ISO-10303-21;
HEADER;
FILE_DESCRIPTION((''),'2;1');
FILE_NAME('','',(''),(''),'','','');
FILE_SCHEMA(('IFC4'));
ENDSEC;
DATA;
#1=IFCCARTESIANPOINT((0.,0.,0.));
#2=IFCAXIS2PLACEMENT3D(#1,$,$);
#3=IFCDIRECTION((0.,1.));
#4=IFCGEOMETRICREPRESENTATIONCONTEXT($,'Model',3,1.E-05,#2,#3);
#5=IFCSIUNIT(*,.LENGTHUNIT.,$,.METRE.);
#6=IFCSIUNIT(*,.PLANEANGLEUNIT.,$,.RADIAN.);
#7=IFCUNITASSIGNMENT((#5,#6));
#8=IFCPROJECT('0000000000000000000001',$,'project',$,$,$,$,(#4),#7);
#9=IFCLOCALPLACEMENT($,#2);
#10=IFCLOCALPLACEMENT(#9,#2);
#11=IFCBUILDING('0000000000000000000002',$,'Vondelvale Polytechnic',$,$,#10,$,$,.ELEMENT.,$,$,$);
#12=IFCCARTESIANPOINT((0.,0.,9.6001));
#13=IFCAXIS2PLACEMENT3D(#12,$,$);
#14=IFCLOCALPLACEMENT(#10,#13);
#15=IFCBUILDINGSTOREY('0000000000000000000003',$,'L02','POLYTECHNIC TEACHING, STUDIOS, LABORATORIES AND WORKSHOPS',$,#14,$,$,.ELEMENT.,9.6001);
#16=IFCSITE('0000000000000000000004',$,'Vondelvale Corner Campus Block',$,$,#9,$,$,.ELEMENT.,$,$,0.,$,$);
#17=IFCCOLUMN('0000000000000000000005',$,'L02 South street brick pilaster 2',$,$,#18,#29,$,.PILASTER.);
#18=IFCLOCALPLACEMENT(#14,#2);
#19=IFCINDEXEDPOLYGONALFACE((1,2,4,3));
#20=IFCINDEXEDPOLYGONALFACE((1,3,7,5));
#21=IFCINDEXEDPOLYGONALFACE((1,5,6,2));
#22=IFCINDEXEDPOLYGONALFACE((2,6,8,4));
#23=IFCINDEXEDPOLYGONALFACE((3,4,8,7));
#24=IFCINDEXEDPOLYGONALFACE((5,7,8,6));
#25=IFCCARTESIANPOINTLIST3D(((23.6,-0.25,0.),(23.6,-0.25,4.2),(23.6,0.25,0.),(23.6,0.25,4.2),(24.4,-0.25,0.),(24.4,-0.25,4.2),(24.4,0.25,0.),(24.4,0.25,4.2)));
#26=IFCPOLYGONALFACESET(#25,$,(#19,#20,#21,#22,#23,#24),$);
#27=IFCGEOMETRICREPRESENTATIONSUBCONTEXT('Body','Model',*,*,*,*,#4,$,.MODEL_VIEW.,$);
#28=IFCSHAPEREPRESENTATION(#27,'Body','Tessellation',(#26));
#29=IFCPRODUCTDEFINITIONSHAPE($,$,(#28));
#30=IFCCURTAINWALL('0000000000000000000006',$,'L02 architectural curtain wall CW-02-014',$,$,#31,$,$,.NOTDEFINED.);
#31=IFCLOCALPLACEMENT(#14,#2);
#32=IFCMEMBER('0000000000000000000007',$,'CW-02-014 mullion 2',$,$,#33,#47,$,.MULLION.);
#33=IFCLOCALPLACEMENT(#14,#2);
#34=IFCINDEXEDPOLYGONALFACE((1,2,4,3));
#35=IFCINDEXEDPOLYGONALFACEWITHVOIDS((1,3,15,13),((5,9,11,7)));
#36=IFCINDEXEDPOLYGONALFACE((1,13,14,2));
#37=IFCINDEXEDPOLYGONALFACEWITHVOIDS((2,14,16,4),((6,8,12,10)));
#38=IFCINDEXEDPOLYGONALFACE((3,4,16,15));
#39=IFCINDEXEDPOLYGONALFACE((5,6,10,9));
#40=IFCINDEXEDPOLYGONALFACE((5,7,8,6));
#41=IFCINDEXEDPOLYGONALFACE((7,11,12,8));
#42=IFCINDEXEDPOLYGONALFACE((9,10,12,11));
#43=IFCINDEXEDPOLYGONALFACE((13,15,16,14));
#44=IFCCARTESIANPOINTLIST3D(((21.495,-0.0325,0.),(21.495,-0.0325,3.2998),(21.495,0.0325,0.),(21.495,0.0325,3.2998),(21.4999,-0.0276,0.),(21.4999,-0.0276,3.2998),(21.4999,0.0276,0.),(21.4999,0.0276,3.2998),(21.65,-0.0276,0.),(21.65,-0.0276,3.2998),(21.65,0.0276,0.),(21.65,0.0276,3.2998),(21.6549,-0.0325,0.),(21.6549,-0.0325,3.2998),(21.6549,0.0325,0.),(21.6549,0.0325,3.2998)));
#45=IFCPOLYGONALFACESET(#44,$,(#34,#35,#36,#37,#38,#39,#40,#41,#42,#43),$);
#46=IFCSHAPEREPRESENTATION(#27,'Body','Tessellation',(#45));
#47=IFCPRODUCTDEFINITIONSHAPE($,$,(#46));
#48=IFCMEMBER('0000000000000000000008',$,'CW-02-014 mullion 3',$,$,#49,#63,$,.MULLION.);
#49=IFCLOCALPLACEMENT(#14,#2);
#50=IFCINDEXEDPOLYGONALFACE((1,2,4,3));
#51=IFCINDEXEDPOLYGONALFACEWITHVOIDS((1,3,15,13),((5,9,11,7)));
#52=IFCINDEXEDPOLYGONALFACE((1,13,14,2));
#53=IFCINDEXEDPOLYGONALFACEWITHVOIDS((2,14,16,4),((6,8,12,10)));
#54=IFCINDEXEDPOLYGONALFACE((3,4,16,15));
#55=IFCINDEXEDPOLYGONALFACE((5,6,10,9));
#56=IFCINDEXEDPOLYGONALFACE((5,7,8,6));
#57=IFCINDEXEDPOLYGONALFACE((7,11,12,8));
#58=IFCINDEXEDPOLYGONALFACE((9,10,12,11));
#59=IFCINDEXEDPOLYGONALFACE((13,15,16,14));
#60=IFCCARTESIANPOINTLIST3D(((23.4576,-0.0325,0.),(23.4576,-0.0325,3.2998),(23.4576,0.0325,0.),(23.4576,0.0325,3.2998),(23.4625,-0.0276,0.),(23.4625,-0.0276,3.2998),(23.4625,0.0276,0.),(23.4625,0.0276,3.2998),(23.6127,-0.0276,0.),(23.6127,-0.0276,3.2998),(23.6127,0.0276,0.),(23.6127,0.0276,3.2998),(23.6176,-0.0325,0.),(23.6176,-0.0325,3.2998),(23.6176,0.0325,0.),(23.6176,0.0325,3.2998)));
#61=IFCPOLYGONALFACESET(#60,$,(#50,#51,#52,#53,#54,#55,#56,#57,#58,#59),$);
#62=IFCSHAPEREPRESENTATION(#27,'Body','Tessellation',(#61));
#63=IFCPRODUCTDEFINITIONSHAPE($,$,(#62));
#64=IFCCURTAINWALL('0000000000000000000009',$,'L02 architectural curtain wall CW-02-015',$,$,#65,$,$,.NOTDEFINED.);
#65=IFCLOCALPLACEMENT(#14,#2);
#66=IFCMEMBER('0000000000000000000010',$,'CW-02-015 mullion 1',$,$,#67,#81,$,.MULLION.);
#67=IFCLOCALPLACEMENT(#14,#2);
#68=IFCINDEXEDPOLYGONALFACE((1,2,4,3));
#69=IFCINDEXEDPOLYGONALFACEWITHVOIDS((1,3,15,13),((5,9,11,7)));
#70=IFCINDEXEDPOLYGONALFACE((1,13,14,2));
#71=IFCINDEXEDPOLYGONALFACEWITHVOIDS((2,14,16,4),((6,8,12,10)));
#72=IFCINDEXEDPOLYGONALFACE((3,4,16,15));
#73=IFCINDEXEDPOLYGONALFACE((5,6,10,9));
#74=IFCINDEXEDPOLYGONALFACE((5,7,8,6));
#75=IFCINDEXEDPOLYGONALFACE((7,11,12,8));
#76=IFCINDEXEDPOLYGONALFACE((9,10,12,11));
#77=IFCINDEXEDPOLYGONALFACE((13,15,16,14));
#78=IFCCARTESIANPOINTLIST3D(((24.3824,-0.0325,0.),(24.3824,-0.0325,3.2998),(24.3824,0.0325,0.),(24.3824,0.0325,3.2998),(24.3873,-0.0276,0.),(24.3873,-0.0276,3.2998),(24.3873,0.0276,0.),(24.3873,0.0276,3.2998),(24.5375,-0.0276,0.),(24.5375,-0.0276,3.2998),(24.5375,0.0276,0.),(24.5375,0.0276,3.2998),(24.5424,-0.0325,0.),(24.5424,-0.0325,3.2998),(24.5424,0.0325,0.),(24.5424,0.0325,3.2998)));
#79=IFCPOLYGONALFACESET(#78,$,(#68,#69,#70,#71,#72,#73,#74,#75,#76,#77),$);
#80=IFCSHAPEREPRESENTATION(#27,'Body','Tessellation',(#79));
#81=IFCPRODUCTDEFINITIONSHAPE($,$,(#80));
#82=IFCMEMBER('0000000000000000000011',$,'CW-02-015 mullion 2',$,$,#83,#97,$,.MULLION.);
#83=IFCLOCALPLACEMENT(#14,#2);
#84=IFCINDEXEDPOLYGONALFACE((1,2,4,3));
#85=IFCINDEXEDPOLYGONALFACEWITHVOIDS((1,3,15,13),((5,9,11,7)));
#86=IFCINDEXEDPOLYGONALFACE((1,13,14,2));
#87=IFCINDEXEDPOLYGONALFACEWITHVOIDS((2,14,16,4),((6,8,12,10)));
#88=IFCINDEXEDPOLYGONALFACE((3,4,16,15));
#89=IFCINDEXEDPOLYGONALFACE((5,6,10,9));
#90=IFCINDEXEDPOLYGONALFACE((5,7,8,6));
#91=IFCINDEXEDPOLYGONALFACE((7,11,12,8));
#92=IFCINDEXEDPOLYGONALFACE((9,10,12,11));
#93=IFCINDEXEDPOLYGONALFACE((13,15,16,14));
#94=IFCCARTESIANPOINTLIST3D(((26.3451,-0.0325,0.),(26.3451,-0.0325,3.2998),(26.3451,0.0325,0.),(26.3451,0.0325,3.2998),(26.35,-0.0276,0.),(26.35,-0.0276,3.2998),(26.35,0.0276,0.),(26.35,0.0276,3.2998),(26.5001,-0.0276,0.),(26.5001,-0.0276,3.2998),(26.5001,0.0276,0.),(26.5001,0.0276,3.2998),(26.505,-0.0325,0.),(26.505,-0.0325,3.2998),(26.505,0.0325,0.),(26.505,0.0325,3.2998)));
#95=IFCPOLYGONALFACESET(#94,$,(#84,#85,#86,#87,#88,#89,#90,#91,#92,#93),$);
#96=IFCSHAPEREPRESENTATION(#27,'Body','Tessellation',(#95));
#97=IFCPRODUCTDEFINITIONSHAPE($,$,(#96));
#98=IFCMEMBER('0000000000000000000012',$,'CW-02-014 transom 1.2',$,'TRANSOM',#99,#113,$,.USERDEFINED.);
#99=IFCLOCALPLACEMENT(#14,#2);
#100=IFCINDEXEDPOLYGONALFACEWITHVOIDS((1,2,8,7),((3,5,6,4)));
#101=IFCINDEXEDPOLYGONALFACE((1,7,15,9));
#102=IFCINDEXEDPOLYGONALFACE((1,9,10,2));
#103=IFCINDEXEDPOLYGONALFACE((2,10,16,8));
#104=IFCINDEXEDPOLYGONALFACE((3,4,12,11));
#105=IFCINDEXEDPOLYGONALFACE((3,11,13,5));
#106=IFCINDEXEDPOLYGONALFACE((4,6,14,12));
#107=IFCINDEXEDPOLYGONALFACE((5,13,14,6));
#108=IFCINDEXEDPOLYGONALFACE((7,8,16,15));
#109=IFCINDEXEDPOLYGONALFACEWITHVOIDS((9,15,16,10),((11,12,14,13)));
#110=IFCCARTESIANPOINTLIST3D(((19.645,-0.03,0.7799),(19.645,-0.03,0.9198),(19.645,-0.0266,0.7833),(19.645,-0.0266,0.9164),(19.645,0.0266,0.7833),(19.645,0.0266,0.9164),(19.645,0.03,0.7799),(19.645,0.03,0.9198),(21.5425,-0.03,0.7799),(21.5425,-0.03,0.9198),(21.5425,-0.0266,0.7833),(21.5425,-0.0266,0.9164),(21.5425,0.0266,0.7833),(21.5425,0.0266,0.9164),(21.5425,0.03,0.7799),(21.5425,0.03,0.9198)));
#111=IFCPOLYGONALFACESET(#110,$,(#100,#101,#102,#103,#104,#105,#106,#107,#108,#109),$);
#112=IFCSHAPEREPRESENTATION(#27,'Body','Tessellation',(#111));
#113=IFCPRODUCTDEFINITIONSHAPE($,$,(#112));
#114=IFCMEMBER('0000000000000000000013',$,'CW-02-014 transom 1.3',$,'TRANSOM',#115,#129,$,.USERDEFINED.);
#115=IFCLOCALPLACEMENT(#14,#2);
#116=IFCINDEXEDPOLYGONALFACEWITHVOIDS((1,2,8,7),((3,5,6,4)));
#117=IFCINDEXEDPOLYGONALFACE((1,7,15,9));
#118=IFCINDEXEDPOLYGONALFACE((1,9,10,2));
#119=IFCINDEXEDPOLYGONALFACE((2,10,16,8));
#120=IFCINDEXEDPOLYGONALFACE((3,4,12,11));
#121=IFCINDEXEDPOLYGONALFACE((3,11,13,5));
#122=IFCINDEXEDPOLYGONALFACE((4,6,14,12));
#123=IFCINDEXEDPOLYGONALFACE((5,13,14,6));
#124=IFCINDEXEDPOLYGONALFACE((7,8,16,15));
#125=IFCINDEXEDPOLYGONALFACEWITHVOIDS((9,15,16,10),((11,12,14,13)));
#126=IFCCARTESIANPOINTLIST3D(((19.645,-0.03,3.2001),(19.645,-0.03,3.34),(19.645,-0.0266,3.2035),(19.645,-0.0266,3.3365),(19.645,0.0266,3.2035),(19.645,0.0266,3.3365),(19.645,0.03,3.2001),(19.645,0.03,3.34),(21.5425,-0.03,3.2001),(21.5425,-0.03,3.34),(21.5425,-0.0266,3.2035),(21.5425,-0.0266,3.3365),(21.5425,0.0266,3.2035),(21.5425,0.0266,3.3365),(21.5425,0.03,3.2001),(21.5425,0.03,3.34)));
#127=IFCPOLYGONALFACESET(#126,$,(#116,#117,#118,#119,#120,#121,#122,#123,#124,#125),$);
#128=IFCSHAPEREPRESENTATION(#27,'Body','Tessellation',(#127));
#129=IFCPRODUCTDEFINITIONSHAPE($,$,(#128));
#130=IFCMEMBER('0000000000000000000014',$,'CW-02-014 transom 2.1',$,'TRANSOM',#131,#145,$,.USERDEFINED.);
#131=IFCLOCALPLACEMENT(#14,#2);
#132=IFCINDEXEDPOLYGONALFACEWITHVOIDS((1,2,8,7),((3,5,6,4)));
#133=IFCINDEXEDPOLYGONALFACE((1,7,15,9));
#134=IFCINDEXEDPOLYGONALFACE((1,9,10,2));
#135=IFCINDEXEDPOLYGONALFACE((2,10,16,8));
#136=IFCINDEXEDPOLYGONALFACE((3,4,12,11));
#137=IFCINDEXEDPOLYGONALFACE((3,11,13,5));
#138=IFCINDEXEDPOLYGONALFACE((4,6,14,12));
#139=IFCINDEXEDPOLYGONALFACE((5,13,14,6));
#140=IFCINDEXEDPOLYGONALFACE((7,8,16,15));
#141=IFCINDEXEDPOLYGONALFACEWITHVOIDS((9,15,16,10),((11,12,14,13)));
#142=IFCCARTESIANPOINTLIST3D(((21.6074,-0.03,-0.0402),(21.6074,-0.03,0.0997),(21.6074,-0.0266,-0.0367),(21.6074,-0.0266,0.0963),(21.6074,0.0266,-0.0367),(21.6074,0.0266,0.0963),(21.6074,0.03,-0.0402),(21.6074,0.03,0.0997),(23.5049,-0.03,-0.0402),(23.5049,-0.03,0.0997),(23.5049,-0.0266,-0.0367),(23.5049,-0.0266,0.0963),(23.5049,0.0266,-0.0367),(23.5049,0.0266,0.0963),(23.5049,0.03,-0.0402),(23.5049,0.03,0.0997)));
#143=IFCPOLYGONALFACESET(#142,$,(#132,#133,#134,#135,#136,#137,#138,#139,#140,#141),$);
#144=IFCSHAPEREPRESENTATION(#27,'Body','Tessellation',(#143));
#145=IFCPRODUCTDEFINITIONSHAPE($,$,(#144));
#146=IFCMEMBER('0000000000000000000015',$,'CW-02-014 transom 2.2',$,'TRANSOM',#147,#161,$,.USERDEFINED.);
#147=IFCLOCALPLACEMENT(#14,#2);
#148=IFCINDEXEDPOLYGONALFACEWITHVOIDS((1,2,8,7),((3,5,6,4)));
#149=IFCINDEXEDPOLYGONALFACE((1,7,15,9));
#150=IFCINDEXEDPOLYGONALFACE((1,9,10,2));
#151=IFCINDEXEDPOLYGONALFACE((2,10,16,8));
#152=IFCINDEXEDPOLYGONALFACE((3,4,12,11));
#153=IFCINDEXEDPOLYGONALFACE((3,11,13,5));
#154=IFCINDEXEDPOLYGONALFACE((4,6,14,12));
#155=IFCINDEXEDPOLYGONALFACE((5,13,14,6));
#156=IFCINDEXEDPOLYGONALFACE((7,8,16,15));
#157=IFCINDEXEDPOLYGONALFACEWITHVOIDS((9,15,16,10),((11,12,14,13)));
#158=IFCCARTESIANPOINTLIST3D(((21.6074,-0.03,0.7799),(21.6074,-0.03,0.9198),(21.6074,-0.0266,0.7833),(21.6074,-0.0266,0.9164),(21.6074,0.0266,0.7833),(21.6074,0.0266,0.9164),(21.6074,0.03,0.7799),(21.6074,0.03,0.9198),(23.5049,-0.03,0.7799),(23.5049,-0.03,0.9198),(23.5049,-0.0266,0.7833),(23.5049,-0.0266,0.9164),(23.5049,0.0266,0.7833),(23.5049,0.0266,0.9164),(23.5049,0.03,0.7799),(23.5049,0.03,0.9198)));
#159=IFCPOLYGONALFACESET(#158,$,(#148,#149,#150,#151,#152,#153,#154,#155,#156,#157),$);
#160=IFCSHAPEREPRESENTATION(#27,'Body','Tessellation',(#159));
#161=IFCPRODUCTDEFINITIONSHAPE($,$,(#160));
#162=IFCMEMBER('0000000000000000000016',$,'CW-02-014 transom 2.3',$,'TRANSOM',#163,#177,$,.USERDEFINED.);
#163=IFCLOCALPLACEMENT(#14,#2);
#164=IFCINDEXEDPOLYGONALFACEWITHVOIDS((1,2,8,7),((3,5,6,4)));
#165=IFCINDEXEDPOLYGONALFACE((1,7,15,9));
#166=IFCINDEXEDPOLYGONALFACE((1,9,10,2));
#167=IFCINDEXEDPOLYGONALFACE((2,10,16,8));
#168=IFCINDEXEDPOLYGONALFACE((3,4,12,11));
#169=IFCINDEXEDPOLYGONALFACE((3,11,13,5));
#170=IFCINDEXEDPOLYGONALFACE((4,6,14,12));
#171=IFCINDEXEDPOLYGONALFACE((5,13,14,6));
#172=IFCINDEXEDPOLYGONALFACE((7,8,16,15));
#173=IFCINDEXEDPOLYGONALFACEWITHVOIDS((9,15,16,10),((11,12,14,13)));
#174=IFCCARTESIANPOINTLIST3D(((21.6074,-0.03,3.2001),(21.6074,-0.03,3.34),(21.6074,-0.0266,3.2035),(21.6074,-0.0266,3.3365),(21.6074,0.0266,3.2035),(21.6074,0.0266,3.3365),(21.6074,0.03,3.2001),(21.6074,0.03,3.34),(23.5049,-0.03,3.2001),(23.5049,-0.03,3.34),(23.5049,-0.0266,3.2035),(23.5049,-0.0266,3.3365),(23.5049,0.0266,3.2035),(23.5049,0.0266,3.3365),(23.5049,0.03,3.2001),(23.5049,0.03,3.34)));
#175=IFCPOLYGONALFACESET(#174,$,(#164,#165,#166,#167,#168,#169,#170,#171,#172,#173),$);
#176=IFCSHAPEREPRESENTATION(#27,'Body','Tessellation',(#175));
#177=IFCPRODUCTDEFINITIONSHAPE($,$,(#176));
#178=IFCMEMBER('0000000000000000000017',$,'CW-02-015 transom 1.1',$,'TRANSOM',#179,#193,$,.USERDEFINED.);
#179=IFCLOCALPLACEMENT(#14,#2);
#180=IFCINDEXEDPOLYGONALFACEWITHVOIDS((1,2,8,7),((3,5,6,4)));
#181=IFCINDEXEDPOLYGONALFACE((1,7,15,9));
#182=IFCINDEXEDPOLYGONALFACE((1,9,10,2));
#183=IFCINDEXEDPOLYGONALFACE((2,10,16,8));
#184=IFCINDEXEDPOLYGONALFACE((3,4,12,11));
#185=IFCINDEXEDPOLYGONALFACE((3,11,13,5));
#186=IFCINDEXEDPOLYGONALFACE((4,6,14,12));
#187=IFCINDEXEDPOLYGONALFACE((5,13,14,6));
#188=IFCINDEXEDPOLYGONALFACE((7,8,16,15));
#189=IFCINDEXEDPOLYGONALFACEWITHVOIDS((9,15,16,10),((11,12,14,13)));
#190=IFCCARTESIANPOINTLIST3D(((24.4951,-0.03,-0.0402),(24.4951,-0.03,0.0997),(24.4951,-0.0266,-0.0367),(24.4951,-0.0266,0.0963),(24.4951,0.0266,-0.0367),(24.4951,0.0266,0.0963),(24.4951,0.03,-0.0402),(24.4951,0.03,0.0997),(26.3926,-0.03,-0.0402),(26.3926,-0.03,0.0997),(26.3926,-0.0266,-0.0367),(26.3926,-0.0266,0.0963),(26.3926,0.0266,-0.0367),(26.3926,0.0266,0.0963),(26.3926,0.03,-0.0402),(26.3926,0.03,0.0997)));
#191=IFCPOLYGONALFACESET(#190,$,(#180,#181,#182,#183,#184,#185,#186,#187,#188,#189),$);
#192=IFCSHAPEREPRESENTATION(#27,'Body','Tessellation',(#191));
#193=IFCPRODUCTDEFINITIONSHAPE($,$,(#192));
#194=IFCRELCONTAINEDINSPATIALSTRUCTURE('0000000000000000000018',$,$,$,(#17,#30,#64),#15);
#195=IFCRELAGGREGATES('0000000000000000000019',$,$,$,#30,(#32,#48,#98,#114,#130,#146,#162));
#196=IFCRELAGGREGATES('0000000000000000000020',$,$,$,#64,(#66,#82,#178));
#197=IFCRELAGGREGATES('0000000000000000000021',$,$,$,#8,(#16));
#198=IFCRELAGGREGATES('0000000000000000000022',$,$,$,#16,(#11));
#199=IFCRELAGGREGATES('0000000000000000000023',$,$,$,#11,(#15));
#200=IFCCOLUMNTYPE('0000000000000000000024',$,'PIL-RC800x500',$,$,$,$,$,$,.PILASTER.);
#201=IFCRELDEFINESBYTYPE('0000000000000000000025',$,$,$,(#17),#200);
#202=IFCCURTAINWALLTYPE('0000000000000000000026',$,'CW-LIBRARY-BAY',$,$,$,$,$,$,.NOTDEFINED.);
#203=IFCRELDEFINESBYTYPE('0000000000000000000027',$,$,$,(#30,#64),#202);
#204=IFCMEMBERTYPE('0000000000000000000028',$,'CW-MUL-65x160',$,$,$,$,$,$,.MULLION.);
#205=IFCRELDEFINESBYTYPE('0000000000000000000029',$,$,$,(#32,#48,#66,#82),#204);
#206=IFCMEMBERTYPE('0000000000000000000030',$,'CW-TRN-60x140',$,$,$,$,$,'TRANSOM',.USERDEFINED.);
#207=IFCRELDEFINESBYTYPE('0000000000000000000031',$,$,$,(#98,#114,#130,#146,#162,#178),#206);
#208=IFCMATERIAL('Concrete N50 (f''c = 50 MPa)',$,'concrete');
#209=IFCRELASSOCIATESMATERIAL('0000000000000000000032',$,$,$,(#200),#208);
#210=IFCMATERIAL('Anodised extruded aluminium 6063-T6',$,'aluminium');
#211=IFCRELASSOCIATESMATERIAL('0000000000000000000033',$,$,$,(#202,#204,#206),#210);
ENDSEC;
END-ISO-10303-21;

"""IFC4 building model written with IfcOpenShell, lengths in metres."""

from ifc_helpers import new_model, si_unit, direction, frame, origin, origin_2d, place, context, subcontext, project, spatial, rectangle, hollow_rectangle, extrude, material, material_profile, profile_set, type_object, element, aggregate, save


model = new_model("IFC4")

# Units and contexts
model_context = context("Model", 3, precision=1e-05, world=origin(), true_north=direction((0.0, 1.0)))
body_context = subcontext(model_context, "Body", "Model", "MODEL_VIEW")
ifc_project = project(units=[si_unit("LENGTHUNIT", "METRE"), si_unit("PLANEANGLEUNIT", "RADIAN")], contexts=[model_context])

# Site, building, storey
site_placement = place(None, origin())
site = spatial("IfcSite", under=ifc_project, at=site_placement, Name="Vondelvale Corner Campus Block", CompositionType="ELEMENT", RefElevation=0.0)
building_placement = place(site_placement, origin())
building = spatial("IfcBuilding", under=site, at=building_placement, Name="Vondelvale Polytechnic", CompositionType="ELEMENT")
storey_placement = place(building_placement, frame((0.0, 0.0, 9.6001)))
storey = spatial("IfcBuildingStorey", under=building, at=storey_placement, Name="L02", Description="POLYTECHNIC TEACHING, STUDIOS, LABORATORIES AND WORKSHOPS", CompositionType="ELEMENT", Elevation=9.6001)

# Column
ifc_material_1 = material(Name="Concrete N50 (f'c = 50 MPa)", Category="concrete")
ifc_material_profile_1 = material_profile(ifc_material_1, rectangle(XDim=0.5, YDim=0.8, at=origin_2d()), Name="RC-PIL-800x500")
ifc_profile_set_1 = profile_set([ifc_material_profile_1], Name="Concrete N50 (f'c = 50 MPa)")
column_type = type_object("IfcColumnType", Name="PIL-RC800x500", PredefinedType="PILASTER", material=ifc_profile_set_1)
column_placement = place(storey_placement, frame((24.0, 0.0, 0.0), z_axis=(0.0, 0.0, 1.0), x_axis=(0.0, 1.0, 0.0)))
element("IfcColumn", 1, at=column_placement, inside=storey, type_object=column_type, Name="L02 South street brick pilaster 2", PredefinedType="PILASTER", context=body_context, shape_type="SweptSolid", body=[
    extrude(rectangle(XDim=0.5, YDim=0.8, at=origin_2d()), origin(), (0.0, 0.0, 1.0), 4.2),
])

# Curtain walls, members
ifc_material_2 = material(Name="Anodised extruded aluminium 6063-T6", Category="aluminium")
curtain_wall_type = type_object("IfcCurtainWallType", Name="CW-LIBRARY-BAY", PredefinedType="NOTDEFINED", material=ifc_material_2)
curtain_wall_1_placement = place(storey_placement, origin())
curtain_wall_1 = element("IfcCurtainWall", 2, at=curtain_wall_1_placement, inside=storey, type_object=curtain_wall_type, Name="L02 architectural curtain wall CW-02-014", PredefinedType="NOTDEFINED")
ifc_material_profile_2 = material_profile(ifc_material_2, hollow_rectangle(XDim=0.0649, YDim=0.1599, WallThickness=0.0049, at=origin_2d()), Name="CW-MUL-160x65")
ifc_profile_set_2 = profile_set([ifc_material_profile_2], Name="Anodised extruded aluminium 6063-T6")
member_type_1 = type_object("IfcMemberType", Name="CW-MUL-65x160", PredefinedType="MULLION", material=ifc_profile_set_2)
member_1_placement = place(storey_placement, frame((21.575, 0.0, 0.0), z_axis=(0.0, 0.0, 1.0), x_axis=(0.0, 1.0, 0.0)))
member_1 = element("IfcMember", 3, at=member_1_placement, type_object=member_type_1, Name="CW-02-014 mullion 2", PredefinedType="MULLION", context=body_context, shape_type="SweptSolid", body=[
    extrude(hollow_rectangle(XDim=0.0649, YDim=0.1599, WallThickness=0.0049, at=origin_2d()), origin(), (0.0, 0.0, 1.0), 3.2998),
])
member_2_placement = place(storey_placement, frame((23.5376, 0.0, 0.0), z_axis=(0.0, 0.0, 1.0), x_axis=(0.0, 1.0, 0.0)))
member_2 = element("IfcMember", 4, at=member_2_placement, type_object=member_type_1, Name="CW-02-014 mullion 3", PredefinedType="MULLION", context=body_context, shape_type="SweptSolid", body=[
    extrude(hollow_rectangle(XDim=0.0649, YDim=0.1599, WallThickness=0.0049, at=origin_2d()), origin(), (0.0, 0.0, 1.0), 3.2998),
])
curtain_wall_2_placement = place(storey_placement, origin())
curtain_wall_2 = element("IfcCurtainWall", 5, at=curtain_wall_2_placement, inside=storey, type_object=curtain_wall_type, Name="L02 architectural curtain wall CW-02-015", PredefinedType="NOTDEFINED")
member_3_placement = place(storey_placement, frame((24.4624, 0.0, 0.0), z_axis=(0.0, 0.0, 1.0), x_axis=(0.0, 1.0, 0.0)))
member_3 = element("IfcMember", 6, at=member_3_placement, type_object=member_type_1, Name="CW-02-015 mullion 1", PredefinedType="MULLION", context=body_context, shape_type="SweptSolid", body=[
    extrude(hollow_rectangle(XDim=0.0649, YDim=0.1599, WallThickness=0.0049, at=origin_2d()), origin(), (0.0, 0.0, 1.0), 3.2998),
])
member_4_placement = place(storey_placement, frame((26.425, 0.0, 0.0), z_axis=(0.0, 0.0, 1.0), x_axis=(0.0, 1.0, 0.0)))
member_4 = element("IfcMember", 7, at=member_4_placement, type_object=member_type_1, Name="CW-02-015 mullion 2", PredefinedType="MULLION", context=body_context, shape_type="SweptSolid", body=[
    extrude(hollow_rectangle(XDim=0.0649, YDim=0.1599, WallThickness=0.0049, at=origin_2d()), origin(), (0.0, 0.0, 1.0), 3.2998),
])

# Members
ifc_material_profile_3 = material_profile(ifc_material_2, hollow_rectangle(XDim=0.0601, YDim=0.1399, WallThickness=0.0034, at=origin_2d()), Name="CW-TRN-140x60")
ifc_profile_set_3 = profile_set([ifc_material_profile_3], Name="Anodised extruded aluminium 6063-T6")
member_type_2 = type_object("IfcMemberType", Name="CW-TRN-60x140", ElementType="TRANSOM", PredefinedType="USERDEFINED", material=ifc_profile_set_3)
member_5_placement = place(storey_placement, frame((19.645, 0.0, 0.8499), z_axis=(1.0, 0.0, 0.0), x_axis=(0.0, 1.0, 0.0)))
member_5 = element("IfcMember", 8, at=member_5_placement, type_object=member_type_2, Name="CW-02-014 transom 1.2", ObjectType="TRANSOM", PredefinedType="USERDEFINED", context=body_context, shape_type="SweptSolid", body=[
    extrude(hollow_rectangle(XDim=0.0601, YDim=0.1399, WallThickness=0.0034, at=origin_2d()), origin(), (0.0, 0.0, 1.0), 1.8975),
])
member_6_placement = place(storey_placement, frame((19.645, 0.0, 3.27), z_axis=(1.0, 0.0, 0.0), x_axis=(0.0, 1.0, 0.0)))
member_6 = element("IfcMember", 9, at=member_6_placement, type_object=member_type_2, Name="CW-02-014 transom 1.3", ObjectType="TRANSOM", PredefinedType="USERDEFINED", context=body_context, shape_type="SweptSolid", body=[
    extrude(hollow_rectangle(XDim=0.0601, YDim=0.1399, WallThickness=0.0034, at=origin_2d()), origin(), (0.0, 0.0, 1.0), 1.8975),
])
member_7_placement = place(storey_placement, frame((21.6074, 0.0, 0.0298), z_axis=(1.0, 0.0, 0.0), x_axis=(0.0, 1.0, 0.0)))
member_7 = element("IfcMember", 10, at=member_7_placement, type_object=member_type_2, Name="CW-02-014 transom 2.1", ObjectType="TRANSOM", PredefinedType="USERDEFINED", context=body_context, shape_type="SweptSolid", body=[
    extrude(hollow_rectangle(XDim=0.0601, YDim=0.1399, WallThickness=0.0034, at=origin_2d()), origin(), (0.0, 0.0, 1.0), 1.8975),
])
member_8_placement = place(storey_placement, frame((21.6074, 0.0, 0.8499), z_axis=(1.0, 0.0, 0.0), x_axis=(0.0, 1.0, 0.0)))
member_8 = element("IfcMember", 11, at=member_8_placement, type_object=member_type_2, Name="CW-02-014 transom 2.2", ObjectType="TRANSOM", PredefinedType="USERDEFINED", context=body_context, shape_type="SweptSolid", body=[
    extrude(hollow_rectangle(XDim=0.0601, YDim=0.1399, WallThickness=0.0034, at=origin_2d()), origin(), (0.0, 0.0, 1.0), 1.8975),
])
member_9_placement = place(storey_placement, frame((21.6074, 0.0, 3.27), z_axis=(1.0, 0.0, 0.0), x_axis=(0.0, 1.0, 0.0)))
member_9 = element("IfcMember", 12, at=member_9_placement, type_object=member_type_2, Name="CW-02-014 transom 2.3", ObjectType="TRANSOM", PredefinedType="USERDEFINED", context=body_context, shape_type="SweptSolid", body=[
    extrude(hollow_rectangle(XDim=0.0601, YDim=0.1399, WallThickness=0.0034, at=origin_2d()), origin(), (0.0, 0.0, 1.0), 1.8975),
])
member_10_placement = place(storey_placement, frame((24.4951, 0.0, 0.0298), z_axis=(1.0, 0.0, 0.0), x_axis=(0.0, 1.0, 0.0)))
member_10 = element("IfcMember", 13, at=member_10_placement, type_object=member_type_2, Name="CW-02-015 transom 1.1", ObjectType="TRANSOM", PredefinedType="USERDEFINED", context=body_context, shape_type="SweptSolid", body=[
    extrude(hollow_rectangle(XDim=0.0601, YDim=0.1399, WallThickness=0.0034, at=origin_2d()), origin(), (0.0, 0.0, 1.0), 1.8975),
])

aggregate(curtain_wall_1, [member_1, member_2, member_5, member_6, member_7, member_8, member_9])
aggregate(curtain_wall_2, [member_3, member_4, member_10])

save(model, "model.ifc")
